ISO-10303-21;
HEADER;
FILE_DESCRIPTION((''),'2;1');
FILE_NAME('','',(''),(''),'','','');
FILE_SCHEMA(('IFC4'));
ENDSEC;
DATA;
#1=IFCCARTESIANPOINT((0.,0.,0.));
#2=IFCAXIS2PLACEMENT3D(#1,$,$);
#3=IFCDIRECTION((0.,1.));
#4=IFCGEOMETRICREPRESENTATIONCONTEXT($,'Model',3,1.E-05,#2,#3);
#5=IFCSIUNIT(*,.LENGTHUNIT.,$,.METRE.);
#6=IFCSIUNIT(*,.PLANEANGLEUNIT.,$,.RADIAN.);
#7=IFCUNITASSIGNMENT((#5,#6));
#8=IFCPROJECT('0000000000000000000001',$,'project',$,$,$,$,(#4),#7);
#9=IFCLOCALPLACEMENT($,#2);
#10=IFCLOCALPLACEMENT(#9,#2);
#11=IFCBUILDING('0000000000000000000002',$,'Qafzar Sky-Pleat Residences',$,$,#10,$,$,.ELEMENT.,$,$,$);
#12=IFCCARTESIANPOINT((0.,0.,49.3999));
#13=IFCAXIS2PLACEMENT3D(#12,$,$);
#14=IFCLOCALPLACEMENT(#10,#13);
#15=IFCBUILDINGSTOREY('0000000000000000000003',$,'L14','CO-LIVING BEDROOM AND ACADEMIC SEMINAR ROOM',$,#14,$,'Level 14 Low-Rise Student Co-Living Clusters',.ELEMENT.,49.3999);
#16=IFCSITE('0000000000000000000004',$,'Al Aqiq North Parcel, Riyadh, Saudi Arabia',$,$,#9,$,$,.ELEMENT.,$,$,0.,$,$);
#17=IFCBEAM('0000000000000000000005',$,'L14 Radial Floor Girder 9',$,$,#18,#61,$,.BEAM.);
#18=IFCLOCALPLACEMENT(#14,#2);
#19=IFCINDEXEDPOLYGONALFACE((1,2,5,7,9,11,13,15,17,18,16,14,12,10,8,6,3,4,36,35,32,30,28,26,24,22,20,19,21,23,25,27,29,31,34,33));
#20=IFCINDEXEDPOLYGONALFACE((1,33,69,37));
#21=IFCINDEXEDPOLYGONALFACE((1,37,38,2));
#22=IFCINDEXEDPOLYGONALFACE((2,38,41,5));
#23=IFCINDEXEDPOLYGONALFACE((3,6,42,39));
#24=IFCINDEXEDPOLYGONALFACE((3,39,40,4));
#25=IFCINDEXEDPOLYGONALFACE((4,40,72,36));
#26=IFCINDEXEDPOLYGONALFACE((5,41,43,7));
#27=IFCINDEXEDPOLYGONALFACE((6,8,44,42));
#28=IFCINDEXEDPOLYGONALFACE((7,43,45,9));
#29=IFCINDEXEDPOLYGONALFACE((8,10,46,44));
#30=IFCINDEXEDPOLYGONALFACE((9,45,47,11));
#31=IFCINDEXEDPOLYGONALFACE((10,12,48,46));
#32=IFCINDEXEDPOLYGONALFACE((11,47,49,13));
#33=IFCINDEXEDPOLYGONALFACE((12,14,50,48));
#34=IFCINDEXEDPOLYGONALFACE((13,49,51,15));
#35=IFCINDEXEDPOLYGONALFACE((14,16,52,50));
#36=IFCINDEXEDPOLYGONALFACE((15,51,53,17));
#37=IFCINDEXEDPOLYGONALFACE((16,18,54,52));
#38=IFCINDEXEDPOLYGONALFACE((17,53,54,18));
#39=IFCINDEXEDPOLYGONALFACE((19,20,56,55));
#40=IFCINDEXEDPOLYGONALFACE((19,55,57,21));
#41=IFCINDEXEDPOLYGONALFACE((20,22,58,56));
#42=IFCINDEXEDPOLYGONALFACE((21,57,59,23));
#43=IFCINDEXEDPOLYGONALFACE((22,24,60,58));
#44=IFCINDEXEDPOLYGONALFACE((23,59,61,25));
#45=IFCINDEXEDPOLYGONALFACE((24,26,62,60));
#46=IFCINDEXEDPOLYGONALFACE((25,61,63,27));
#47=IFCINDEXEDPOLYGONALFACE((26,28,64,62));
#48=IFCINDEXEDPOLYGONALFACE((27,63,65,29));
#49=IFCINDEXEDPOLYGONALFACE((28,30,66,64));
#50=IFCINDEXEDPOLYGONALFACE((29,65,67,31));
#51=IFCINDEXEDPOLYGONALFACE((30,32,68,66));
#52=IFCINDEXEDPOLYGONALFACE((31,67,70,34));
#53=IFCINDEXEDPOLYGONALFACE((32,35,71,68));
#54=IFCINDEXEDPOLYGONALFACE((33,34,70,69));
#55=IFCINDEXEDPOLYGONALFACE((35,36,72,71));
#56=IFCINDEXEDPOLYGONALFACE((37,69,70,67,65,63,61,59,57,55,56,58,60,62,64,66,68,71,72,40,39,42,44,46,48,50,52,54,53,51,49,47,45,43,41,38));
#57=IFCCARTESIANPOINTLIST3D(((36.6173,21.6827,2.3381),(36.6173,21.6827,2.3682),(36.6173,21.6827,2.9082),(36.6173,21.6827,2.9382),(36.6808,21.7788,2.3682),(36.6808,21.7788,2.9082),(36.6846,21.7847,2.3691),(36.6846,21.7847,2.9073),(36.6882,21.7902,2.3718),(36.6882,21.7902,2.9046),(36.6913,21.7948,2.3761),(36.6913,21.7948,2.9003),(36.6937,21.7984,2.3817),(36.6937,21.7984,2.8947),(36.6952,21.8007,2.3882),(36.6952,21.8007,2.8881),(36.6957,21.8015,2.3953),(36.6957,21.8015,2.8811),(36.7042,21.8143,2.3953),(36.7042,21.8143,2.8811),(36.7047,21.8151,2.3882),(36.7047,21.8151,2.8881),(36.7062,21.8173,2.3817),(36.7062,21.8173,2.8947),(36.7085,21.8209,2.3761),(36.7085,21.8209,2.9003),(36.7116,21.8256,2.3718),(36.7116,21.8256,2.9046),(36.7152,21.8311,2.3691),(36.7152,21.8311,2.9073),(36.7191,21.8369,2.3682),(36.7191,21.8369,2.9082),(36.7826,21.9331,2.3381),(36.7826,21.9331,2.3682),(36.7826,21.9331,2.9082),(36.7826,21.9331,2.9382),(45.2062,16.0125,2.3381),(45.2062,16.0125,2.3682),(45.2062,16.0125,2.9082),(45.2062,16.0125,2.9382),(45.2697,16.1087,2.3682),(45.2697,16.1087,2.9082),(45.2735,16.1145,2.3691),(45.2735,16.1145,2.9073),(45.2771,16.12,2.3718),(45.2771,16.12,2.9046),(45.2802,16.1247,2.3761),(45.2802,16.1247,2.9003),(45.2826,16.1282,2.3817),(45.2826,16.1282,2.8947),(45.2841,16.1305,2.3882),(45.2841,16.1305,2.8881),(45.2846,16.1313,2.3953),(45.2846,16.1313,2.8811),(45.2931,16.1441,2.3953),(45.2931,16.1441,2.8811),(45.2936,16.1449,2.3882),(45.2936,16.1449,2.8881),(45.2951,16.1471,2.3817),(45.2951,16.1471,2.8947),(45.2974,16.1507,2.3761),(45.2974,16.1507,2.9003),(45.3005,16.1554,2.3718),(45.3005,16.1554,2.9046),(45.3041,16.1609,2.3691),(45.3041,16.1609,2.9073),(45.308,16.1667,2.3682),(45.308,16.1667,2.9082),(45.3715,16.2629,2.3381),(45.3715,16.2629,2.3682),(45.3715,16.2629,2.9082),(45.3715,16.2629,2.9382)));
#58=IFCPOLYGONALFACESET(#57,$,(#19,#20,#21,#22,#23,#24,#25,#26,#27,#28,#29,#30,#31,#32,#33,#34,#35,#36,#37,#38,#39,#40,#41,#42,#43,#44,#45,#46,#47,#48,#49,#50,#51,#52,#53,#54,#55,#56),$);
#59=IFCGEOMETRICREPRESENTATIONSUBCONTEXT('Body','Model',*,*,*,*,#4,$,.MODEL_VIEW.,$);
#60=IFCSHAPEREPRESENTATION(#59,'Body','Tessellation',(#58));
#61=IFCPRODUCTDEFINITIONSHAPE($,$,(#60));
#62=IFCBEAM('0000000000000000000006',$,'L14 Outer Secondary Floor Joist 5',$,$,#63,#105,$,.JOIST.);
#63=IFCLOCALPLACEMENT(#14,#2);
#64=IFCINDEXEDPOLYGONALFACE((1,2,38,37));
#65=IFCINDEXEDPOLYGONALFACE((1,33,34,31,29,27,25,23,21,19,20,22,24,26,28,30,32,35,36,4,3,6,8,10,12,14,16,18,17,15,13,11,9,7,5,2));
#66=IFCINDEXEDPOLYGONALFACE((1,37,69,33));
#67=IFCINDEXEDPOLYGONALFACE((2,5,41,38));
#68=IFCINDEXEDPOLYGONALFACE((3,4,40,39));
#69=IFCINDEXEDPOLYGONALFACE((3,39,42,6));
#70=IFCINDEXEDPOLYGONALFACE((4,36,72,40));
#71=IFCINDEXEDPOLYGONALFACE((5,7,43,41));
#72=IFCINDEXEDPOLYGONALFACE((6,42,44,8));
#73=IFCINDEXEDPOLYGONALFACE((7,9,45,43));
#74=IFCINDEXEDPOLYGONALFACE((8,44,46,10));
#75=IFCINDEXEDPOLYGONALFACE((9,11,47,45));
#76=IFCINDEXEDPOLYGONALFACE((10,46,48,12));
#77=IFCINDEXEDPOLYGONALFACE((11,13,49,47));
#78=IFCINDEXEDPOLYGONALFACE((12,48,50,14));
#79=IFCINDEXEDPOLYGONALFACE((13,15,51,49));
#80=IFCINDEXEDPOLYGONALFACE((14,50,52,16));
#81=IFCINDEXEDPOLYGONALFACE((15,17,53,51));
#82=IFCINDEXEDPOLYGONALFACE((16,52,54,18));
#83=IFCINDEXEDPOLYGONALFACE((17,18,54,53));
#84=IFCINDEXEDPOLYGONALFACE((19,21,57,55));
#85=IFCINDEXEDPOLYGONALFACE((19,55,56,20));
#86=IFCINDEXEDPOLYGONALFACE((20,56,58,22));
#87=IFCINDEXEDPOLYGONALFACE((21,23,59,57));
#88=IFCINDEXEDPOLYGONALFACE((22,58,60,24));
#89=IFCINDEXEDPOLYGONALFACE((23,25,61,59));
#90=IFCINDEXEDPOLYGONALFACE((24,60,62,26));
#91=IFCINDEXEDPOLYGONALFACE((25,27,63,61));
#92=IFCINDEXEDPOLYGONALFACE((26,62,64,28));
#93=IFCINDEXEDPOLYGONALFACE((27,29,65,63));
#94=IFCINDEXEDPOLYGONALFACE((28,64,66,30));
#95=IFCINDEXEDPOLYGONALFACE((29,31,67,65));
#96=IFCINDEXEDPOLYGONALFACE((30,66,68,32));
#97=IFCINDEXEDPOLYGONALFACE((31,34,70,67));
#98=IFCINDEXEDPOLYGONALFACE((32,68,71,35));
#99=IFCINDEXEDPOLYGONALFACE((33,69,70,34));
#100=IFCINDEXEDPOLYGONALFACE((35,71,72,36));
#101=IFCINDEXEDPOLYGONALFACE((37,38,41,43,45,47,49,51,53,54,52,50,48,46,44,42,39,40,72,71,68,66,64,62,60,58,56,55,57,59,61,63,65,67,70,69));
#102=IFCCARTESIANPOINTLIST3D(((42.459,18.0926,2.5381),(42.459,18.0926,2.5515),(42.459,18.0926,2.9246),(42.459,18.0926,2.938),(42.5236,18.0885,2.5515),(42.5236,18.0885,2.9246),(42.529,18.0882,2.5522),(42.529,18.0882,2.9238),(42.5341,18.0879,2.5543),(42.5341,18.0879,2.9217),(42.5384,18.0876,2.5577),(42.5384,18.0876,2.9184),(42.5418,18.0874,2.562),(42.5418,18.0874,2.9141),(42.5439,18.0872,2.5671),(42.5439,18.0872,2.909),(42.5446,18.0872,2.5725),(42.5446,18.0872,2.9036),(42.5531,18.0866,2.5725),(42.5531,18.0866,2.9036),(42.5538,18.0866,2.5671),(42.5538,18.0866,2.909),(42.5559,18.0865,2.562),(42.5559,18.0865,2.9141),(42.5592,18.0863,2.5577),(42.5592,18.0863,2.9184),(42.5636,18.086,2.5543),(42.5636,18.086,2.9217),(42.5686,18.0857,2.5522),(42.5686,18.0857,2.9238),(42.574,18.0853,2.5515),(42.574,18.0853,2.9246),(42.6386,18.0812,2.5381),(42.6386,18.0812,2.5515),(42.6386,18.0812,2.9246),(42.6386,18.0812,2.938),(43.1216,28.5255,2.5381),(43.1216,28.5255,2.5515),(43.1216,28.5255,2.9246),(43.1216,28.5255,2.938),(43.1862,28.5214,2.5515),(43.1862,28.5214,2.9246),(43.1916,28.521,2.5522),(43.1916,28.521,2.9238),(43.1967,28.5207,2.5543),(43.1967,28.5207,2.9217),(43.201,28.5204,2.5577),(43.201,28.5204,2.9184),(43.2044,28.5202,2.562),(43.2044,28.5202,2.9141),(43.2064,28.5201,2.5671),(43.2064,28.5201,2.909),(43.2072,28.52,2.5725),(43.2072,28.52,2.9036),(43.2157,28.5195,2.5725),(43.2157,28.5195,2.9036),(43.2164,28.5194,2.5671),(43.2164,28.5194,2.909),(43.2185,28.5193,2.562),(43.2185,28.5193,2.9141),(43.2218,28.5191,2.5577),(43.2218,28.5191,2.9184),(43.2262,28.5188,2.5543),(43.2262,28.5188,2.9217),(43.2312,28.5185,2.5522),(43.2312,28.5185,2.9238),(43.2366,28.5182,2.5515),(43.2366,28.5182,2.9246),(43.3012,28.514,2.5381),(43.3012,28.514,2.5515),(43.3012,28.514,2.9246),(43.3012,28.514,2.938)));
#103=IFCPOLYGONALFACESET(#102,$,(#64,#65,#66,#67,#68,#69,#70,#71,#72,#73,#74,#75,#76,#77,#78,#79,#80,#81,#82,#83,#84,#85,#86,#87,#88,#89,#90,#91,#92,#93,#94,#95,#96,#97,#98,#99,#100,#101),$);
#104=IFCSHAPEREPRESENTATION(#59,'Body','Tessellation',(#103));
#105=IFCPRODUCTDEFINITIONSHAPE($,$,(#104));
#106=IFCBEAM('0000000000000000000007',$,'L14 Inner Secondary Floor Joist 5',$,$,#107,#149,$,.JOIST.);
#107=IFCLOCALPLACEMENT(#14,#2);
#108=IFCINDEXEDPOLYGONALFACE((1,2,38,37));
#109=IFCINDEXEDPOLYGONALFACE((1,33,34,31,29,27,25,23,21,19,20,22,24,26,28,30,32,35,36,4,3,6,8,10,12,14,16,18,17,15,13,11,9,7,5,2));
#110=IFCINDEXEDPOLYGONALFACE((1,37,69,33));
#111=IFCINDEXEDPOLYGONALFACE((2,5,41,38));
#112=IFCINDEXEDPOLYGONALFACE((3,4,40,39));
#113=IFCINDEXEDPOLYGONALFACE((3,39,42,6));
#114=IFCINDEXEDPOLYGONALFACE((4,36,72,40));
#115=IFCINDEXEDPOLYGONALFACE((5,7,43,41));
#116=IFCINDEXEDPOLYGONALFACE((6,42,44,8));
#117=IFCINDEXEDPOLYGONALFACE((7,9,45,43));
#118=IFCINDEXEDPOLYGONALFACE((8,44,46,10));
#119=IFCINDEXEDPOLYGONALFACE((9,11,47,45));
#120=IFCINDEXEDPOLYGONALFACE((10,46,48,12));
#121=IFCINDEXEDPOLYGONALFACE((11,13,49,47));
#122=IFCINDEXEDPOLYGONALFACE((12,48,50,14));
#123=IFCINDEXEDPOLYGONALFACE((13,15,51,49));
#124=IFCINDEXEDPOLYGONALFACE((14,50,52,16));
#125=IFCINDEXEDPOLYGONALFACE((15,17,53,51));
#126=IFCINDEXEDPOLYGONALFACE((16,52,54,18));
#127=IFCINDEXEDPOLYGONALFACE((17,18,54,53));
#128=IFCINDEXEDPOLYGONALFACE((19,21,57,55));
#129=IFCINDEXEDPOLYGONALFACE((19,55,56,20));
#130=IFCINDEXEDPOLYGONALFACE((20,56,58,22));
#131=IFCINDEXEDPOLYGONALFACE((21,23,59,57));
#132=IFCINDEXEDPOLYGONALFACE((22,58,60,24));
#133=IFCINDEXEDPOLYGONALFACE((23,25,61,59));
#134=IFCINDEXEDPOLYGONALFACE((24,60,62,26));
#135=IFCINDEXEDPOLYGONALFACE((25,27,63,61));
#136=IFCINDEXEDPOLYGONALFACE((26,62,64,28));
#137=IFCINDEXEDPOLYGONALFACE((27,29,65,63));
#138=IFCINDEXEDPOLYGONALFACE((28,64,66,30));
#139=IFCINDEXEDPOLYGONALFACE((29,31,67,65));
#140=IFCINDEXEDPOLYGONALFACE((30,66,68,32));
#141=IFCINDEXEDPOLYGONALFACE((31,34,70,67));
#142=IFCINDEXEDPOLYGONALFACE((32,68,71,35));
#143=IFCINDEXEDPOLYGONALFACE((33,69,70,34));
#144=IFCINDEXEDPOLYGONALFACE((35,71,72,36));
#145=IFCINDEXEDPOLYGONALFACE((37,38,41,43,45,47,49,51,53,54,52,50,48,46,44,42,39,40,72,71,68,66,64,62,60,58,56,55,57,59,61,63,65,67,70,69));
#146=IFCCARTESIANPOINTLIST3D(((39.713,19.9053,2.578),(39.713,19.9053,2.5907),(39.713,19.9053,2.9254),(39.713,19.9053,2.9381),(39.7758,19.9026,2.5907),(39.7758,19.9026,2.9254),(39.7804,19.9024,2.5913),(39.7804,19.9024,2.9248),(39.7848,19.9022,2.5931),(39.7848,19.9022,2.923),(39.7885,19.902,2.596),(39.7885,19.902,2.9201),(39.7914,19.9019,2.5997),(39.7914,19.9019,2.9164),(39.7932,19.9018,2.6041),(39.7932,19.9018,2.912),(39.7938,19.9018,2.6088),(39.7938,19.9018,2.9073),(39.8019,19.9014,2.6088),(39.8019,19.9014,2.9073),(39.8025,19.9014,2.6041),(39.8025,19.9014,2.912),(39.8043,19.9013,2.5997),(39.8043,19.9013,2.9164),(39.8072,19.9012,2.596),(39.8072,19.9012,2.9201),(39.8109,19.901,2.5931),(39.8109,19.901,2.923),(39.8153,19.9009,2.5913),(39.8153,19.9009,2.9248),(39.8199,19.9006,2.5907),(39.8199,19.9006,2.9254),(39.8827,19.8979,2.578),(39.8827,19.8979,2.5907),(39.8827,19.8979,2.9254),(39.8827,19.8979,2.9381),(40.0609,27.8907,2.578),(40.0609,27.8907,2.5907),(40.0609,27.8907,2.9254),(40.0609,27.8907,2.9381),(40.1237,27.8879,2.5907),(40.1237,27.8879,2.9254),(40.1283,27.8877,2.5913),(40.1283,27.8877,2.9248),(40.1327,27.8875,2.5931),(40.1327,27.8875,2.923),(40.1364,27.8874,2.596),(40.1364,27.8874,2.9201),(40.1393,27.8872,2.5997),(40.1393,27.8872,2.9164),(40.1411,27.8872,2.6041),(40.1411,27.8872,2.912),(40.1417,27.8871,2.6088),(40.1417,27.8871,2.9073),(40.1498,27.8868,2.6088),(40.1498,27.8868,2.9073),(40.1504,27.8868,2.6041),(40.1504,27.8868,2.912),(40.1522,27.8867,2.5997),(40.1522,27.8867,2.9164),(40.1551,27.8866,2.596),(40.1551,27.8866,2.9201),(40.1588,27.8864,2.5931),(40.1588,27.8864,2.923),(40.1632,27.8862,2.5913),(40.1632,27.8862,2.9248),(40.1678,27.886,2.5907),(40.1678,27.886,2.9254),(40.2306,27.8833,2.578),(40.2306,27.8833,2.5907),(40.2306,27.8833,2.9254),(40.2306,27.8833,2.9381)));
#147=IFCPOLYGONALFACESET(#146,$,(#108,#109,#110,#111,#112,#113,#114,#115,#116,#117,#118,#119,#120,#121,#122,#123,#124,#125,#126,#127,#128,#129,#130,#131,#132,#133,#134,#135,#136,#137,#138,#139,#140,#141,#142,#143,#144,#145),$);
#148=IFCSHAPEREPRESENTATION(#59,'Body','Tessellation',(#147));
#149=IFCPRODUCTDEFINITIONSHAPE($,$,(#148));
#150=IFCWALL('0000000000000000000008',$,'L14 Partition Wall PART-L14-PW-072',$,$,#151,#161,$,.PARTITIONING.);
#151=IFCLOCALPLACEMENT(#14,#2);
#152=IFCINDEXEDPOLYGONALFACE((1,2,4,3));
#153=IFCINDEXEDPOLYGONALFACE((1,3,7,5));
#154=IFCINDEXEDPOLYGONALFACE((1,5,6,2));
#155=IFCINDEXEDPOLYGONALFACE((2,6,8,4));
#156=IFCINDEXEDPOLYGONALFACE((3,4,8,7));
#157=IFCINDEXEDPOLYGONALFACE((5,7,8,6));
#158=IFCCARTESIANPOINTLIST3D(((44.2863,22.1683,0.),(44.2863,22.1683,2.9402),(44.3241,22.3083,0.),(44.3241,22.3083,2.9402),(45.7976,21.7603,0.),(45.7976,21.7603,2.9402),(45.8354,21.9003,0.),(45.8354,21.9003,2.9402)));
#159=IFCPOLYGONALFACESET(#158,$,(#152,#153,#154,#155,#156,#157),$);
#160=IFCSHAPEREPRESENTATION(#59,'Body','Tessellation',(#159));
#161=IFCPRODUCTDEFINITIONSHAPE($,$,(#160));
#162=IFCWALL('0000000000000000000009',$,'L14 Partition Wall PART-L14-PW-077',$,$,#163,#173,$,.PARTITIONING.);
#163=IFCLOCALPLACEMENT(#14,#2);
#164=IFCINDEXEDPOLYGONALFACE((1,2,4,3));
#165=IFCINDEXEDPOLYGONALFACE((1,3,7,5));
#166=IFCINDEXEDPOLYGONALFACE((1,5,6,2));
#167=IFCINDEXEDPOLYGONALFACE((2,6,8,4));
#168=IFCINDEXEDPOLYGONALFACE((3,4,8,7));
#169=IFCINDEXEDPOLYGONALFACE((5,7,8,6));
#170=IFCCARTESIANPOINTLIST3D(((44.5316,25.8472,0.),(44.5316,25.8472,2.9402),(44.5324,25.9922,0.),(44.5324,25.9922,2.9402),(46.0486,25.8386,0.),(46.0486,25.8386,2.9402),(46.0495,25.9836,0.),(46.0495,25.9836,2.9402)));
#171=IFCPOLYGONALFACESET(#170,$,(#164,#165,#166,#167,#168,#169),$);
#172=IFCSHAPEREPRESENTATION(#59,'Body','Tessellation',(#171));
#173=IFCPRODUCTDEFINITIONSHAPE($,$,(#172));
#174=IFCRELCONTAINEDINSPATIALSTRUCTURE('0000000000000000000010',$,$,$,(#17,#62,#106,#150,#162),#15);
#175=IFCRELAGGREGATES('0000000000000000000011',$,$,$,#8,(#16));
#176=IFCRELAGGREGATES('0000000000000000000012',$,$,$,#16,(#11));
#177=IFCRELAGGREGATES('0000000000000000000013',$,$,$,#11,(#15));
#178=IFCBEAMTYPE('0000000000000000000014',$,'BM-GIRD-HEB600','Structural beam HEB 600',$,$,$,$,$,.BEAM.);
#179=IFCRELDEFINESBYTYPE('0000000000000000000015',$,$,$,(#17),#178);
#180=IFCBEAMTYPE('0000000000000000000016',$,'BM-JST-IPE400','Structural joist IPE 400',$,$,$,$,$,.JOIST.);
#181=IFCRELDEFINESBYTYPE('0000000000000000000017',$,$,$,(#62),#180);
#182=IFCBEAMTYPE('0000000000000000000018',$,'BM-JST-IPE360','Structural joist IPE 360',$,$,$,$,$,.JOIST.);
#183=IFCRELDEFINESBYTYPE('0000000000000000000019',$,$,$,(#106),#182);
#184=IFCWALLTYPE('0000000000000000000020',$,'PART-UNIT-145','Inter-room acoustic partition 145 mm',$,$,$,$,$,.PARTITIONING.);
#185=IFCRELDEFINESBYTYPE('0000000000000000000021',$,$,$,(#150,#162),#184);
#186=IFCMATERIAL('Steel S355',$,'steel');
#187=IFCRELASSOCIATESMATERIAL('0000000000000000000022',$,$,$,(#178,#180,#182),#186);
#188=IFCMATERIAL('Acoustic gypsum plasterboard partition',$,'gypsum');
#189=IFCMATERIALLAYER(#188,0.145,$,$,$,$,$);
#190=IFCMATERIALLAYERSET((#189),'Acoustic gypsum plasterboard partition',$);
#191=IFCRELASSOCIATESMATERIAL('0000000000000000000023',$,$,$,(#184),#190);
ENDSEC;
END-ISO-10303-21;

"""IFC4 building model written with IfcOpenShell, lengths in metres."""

from ifc_helpers import new_model, si_unit, direction, frame, frame_2d, origin, origin_2d, place, context, subcontext, project, spatial, rectangle, i_section, extrude, source, transform, mapped, material, layer, layer_set, material_profile, profile_set, type_object, element, save


model = new_model("IFC4")

# Units and contexts
model_context = context("Model", 3, precision=1e-05, world=origin(), true_north=direction((0.0, 1.0)))
body_context = subcontext(model_context, "Body", "Model", "MODEL_VIEW")
ifc_project = project(units=[si_unit("LENGTHUNIT", "METRE"), si_unit("PLANEANGLEUNIT", "RADIAN")], contexts=[model_context])

# Site, building, storey
site_placement = place(None, origin())
site = spatial("IfcSite", under=ifc_project, at=site_placement, Name="Al Aqiq North Parcel, Riyadh, Saudi Arabia", CompositionType="ELEMENT", RefElevation=0.0)
building_placement = place(site_placement, origin())
building = spatial("IfcBuilding", under=site, at=building_placement, Name="Qafzar Sky-Pleat Residences", CompositionType="ELEMENT")
storey_placement = place(building_placement, frame((0.0, 0.0, 49.3999)))
storey = spatial("IfcBuildingStorey", under=building, at=storey_placement, Name="L14", Description="CO-LIVING BEDROOM AND ACADEMIC SEMINAR ROOM", LongName="Level 14 Low-Rise Student Co-Living Clusters", CompositionType="ELEMENT", Elevation=49.3999)

# Beams
ifc_material_1 = material(Name="Steel S355", Category="steel")
ifc_material_profile_1 = material_profile(ifc_material_1, i_section(OverallWidth=0.3, OverallDepth=0.6001, WebThickness=0.0154, FlangeThickness=0.03, FilletRadius=0.0271, at=origin_2d()), Name="HEB 600")
ifc_profile_set_1 = profile_set([ifc_material_profile_1], Name="Steel S355")
beam_type_1 = type_object("IfcBeamType", Name="BM-GIRD-HEB600", Description="Structural beam HEB 600", PredefinedType="BEAM", material=ifc_profile_set_1)
shared_shape_1 = source(origin(), body_context, "Body", "SweptSolid", [
    extrude(i_section(OverallWidth=0.3, OverallDepth=0.6001, WebThickness=0.0154, FlangeThickness=0.03, FilletRadius=0.0271, at=origin_2d()), origin(), (0.0, 0.0, 1.0), 10.2917),
])
beam_1_placement = place(storey_placement, frame((45.2888, 16.1377, 2.6382), z_axis=(-0.834542, 0.550945, 0.0), x_axis=(-0.550945, -0.834542, 0.0)))
element("IfcBeam", 1, at=beam_1_placement, inside=storey, type_object=beam_type_1, Name="L14 Radial Floor Girder 9", PredefinedType="BEAM", context=body_context, shape_type="MappedRepresentation", body=[
    mapped(shared_shape_1, transform((0.0, 0.0, 0.0), x_axis=(1.0, 0.0, 0.0), y_axis=(0.0, 1.0, 0.0), z_axis=(0.0, 0.0, 1.0), scale=1.0)),
])
ifc_material_profile_2 = material_profile(ifc_material_1, i_section(OverallWidth=0.1799, OverallDepth=0.3999, WebThickness=0.0085, FlangeThickness=0.0134, FilletRadius=0.021, at=origin_2d()), Name="IPE 400")
ifc_profile_set_2 = profile_set([ifc_material_profile_2], Name="Steel S355")
beam_type_2 = type_object("IfcBeamType", Name="BM-JST-IPE400", Description="Structural joist IPE 400", PredefinedType="JOIST", material=ifc_profile_set_2)
shared_shape_2 = source(origin(), body_context, "Body", "SweptSolid", [
    extrude(i_section(OverallWidth=0.1799, OverallDepth=0.3999, WebThickness=0.0085, FlangeThickness=0.0134, FilletRadius=0.021, at=origin_2d()), origin(), (0.0, 0.0, 1.0), 10.4539),
])
beam_2_placement = place(storey_placement, frame((42.5488, 18.0869, 2.738), z_axis=(0.063383, 0.997989, 0.0), x_axis=(-0.997989, 0.063383, 0.0)))
element("IfcBeam", 2, at=beam_2_placement, inside=storey, type_object=beam_type_2, Name="L14 Outer Secondary Floor Joist 5", PredefinedType="JOIST", context=body_context, shape_type="MappedRepresentation", body=[
    mapped(shared_shape_2, transform((0.0, 0.0, 0.0), x_axis=(1.0, 0.0, 0.0), y_axis=(0.0, 1.0, 0.0), z_axis=(0.0, 0.0, 1.0), scale=1.0)),
])
ifc_material_profile_3 = material_profile(ifc_material_1, i_section(OverallWidth=0.1699, OverallDepth=0.3601, WebThickness=0.0081, FlangeThickness=0.0127, FilletRadius=0.0181, at=origin_2d()), Name="IPE 360")
ifc_profile_set_3 = profile_set([ifc_material_profile_3], Name="Steel S355")
beam_type_3 = type_object("IfcBeamType", Name="BM-JST-IPE360", Description="Structural joist IPE 360", PredefinedType="JOIST", material=ifc_profile_set_3)
shared_shape_3 = source(origin(), body_context, "Body", "SweptSolid", [
    extrude(i_section(OverallWidth=0.1699, OverallDepth=0.3601, WebThickness=0.0081, FlangeThickness=0.0127, FilletRadius=0.0181, at=origin_2d()), origin(), (0.0, 0.0, 1.0), 7.9929),
])
beam_3_placement = place(storey_placement, frame((39.7979, 19.9016, 2.7581), z_axis=(0.043526, 0.999052, 0.0), x_axis=(-0.999052, 0.043526, 0.0)))
element("IfcBeam", 3, at=beam_3_placement, inside=storey, type_object=beam_type_3, Name="L14 Inner Secondary Floor Joist 5", PredefinedType="JOIST", context=body_context, shape_type="MappedRepresentation", body=[
    mapped(shared_shape_3, transform((0.0, 0.0, 0.0), x_axis=(1.0, 0.0, 0.0), y_axis=(0.0, 1.0, 0.0), z_axis=(0.0, 0.0, 1.0), scale=1.0)),
])

# Walls
ifc_material_2 = material(Name="Acoustic gypsum plasterboard partition", Category="gypsum")
ifc_layer_1 = layer(ifc_material_2, 0.145)
ifc_layer_set_1 = layer_set([ifc_layer_1], Name="Acoustic gypsum plasterboard partition")
wall_type_1 = type_object("IfcWallType", Name="PART-UNIT-145", Description="Inter-room acoustic partition 145 mm", PredefinedType="PARTITIONING", material=ifc_layer_set_1)
wall_1_placement = place(storey_placement, frame((44.3052, 22.2383, 0.0), z_axis=(0.0, 0.0, 1.0), x_axis=(0.965441, -0.260622, 0.0)))
element("IfcWall", 4, at=wall_1_placement, inside=storey, type_object=wall_type_1, Name="L14 Partition Wall PART-L14-PW-072", PredefinedType="PARTITIONING", context=body_context, shape_type="SweptSolid", body=[
    extrude(rectangle(XDim=1.5654, YDim=0.145, at=frame_2d((0.7827, 0.0))), origin(), (0.0, 0.0, 1.0), 2.9402),
])
wall_2_placement = place(storey_placement, frame((44.532, 25.9197, 0.0), z_axis=(0.0, 0.0, 1.0), x_axis=(0.999984, -0.005632, 0.0)))
element("IfcWall", 5, at=wall_2_placement, inside=storey, type_object=wall_type_1, Name="L14 Partition Wall PART-L14-PW-077", PredefinedType="PARTITIONING", context=body_context, shape_type="SweptSolid", body=[
    extrude(rectangle(XDim=1.5171, YDim=0.145, at=frame_2d((0.7585, 0.0))), origin(), (0.0, 0.0, 1.0), 2.9402),
])

save(model, "model.ifc")
